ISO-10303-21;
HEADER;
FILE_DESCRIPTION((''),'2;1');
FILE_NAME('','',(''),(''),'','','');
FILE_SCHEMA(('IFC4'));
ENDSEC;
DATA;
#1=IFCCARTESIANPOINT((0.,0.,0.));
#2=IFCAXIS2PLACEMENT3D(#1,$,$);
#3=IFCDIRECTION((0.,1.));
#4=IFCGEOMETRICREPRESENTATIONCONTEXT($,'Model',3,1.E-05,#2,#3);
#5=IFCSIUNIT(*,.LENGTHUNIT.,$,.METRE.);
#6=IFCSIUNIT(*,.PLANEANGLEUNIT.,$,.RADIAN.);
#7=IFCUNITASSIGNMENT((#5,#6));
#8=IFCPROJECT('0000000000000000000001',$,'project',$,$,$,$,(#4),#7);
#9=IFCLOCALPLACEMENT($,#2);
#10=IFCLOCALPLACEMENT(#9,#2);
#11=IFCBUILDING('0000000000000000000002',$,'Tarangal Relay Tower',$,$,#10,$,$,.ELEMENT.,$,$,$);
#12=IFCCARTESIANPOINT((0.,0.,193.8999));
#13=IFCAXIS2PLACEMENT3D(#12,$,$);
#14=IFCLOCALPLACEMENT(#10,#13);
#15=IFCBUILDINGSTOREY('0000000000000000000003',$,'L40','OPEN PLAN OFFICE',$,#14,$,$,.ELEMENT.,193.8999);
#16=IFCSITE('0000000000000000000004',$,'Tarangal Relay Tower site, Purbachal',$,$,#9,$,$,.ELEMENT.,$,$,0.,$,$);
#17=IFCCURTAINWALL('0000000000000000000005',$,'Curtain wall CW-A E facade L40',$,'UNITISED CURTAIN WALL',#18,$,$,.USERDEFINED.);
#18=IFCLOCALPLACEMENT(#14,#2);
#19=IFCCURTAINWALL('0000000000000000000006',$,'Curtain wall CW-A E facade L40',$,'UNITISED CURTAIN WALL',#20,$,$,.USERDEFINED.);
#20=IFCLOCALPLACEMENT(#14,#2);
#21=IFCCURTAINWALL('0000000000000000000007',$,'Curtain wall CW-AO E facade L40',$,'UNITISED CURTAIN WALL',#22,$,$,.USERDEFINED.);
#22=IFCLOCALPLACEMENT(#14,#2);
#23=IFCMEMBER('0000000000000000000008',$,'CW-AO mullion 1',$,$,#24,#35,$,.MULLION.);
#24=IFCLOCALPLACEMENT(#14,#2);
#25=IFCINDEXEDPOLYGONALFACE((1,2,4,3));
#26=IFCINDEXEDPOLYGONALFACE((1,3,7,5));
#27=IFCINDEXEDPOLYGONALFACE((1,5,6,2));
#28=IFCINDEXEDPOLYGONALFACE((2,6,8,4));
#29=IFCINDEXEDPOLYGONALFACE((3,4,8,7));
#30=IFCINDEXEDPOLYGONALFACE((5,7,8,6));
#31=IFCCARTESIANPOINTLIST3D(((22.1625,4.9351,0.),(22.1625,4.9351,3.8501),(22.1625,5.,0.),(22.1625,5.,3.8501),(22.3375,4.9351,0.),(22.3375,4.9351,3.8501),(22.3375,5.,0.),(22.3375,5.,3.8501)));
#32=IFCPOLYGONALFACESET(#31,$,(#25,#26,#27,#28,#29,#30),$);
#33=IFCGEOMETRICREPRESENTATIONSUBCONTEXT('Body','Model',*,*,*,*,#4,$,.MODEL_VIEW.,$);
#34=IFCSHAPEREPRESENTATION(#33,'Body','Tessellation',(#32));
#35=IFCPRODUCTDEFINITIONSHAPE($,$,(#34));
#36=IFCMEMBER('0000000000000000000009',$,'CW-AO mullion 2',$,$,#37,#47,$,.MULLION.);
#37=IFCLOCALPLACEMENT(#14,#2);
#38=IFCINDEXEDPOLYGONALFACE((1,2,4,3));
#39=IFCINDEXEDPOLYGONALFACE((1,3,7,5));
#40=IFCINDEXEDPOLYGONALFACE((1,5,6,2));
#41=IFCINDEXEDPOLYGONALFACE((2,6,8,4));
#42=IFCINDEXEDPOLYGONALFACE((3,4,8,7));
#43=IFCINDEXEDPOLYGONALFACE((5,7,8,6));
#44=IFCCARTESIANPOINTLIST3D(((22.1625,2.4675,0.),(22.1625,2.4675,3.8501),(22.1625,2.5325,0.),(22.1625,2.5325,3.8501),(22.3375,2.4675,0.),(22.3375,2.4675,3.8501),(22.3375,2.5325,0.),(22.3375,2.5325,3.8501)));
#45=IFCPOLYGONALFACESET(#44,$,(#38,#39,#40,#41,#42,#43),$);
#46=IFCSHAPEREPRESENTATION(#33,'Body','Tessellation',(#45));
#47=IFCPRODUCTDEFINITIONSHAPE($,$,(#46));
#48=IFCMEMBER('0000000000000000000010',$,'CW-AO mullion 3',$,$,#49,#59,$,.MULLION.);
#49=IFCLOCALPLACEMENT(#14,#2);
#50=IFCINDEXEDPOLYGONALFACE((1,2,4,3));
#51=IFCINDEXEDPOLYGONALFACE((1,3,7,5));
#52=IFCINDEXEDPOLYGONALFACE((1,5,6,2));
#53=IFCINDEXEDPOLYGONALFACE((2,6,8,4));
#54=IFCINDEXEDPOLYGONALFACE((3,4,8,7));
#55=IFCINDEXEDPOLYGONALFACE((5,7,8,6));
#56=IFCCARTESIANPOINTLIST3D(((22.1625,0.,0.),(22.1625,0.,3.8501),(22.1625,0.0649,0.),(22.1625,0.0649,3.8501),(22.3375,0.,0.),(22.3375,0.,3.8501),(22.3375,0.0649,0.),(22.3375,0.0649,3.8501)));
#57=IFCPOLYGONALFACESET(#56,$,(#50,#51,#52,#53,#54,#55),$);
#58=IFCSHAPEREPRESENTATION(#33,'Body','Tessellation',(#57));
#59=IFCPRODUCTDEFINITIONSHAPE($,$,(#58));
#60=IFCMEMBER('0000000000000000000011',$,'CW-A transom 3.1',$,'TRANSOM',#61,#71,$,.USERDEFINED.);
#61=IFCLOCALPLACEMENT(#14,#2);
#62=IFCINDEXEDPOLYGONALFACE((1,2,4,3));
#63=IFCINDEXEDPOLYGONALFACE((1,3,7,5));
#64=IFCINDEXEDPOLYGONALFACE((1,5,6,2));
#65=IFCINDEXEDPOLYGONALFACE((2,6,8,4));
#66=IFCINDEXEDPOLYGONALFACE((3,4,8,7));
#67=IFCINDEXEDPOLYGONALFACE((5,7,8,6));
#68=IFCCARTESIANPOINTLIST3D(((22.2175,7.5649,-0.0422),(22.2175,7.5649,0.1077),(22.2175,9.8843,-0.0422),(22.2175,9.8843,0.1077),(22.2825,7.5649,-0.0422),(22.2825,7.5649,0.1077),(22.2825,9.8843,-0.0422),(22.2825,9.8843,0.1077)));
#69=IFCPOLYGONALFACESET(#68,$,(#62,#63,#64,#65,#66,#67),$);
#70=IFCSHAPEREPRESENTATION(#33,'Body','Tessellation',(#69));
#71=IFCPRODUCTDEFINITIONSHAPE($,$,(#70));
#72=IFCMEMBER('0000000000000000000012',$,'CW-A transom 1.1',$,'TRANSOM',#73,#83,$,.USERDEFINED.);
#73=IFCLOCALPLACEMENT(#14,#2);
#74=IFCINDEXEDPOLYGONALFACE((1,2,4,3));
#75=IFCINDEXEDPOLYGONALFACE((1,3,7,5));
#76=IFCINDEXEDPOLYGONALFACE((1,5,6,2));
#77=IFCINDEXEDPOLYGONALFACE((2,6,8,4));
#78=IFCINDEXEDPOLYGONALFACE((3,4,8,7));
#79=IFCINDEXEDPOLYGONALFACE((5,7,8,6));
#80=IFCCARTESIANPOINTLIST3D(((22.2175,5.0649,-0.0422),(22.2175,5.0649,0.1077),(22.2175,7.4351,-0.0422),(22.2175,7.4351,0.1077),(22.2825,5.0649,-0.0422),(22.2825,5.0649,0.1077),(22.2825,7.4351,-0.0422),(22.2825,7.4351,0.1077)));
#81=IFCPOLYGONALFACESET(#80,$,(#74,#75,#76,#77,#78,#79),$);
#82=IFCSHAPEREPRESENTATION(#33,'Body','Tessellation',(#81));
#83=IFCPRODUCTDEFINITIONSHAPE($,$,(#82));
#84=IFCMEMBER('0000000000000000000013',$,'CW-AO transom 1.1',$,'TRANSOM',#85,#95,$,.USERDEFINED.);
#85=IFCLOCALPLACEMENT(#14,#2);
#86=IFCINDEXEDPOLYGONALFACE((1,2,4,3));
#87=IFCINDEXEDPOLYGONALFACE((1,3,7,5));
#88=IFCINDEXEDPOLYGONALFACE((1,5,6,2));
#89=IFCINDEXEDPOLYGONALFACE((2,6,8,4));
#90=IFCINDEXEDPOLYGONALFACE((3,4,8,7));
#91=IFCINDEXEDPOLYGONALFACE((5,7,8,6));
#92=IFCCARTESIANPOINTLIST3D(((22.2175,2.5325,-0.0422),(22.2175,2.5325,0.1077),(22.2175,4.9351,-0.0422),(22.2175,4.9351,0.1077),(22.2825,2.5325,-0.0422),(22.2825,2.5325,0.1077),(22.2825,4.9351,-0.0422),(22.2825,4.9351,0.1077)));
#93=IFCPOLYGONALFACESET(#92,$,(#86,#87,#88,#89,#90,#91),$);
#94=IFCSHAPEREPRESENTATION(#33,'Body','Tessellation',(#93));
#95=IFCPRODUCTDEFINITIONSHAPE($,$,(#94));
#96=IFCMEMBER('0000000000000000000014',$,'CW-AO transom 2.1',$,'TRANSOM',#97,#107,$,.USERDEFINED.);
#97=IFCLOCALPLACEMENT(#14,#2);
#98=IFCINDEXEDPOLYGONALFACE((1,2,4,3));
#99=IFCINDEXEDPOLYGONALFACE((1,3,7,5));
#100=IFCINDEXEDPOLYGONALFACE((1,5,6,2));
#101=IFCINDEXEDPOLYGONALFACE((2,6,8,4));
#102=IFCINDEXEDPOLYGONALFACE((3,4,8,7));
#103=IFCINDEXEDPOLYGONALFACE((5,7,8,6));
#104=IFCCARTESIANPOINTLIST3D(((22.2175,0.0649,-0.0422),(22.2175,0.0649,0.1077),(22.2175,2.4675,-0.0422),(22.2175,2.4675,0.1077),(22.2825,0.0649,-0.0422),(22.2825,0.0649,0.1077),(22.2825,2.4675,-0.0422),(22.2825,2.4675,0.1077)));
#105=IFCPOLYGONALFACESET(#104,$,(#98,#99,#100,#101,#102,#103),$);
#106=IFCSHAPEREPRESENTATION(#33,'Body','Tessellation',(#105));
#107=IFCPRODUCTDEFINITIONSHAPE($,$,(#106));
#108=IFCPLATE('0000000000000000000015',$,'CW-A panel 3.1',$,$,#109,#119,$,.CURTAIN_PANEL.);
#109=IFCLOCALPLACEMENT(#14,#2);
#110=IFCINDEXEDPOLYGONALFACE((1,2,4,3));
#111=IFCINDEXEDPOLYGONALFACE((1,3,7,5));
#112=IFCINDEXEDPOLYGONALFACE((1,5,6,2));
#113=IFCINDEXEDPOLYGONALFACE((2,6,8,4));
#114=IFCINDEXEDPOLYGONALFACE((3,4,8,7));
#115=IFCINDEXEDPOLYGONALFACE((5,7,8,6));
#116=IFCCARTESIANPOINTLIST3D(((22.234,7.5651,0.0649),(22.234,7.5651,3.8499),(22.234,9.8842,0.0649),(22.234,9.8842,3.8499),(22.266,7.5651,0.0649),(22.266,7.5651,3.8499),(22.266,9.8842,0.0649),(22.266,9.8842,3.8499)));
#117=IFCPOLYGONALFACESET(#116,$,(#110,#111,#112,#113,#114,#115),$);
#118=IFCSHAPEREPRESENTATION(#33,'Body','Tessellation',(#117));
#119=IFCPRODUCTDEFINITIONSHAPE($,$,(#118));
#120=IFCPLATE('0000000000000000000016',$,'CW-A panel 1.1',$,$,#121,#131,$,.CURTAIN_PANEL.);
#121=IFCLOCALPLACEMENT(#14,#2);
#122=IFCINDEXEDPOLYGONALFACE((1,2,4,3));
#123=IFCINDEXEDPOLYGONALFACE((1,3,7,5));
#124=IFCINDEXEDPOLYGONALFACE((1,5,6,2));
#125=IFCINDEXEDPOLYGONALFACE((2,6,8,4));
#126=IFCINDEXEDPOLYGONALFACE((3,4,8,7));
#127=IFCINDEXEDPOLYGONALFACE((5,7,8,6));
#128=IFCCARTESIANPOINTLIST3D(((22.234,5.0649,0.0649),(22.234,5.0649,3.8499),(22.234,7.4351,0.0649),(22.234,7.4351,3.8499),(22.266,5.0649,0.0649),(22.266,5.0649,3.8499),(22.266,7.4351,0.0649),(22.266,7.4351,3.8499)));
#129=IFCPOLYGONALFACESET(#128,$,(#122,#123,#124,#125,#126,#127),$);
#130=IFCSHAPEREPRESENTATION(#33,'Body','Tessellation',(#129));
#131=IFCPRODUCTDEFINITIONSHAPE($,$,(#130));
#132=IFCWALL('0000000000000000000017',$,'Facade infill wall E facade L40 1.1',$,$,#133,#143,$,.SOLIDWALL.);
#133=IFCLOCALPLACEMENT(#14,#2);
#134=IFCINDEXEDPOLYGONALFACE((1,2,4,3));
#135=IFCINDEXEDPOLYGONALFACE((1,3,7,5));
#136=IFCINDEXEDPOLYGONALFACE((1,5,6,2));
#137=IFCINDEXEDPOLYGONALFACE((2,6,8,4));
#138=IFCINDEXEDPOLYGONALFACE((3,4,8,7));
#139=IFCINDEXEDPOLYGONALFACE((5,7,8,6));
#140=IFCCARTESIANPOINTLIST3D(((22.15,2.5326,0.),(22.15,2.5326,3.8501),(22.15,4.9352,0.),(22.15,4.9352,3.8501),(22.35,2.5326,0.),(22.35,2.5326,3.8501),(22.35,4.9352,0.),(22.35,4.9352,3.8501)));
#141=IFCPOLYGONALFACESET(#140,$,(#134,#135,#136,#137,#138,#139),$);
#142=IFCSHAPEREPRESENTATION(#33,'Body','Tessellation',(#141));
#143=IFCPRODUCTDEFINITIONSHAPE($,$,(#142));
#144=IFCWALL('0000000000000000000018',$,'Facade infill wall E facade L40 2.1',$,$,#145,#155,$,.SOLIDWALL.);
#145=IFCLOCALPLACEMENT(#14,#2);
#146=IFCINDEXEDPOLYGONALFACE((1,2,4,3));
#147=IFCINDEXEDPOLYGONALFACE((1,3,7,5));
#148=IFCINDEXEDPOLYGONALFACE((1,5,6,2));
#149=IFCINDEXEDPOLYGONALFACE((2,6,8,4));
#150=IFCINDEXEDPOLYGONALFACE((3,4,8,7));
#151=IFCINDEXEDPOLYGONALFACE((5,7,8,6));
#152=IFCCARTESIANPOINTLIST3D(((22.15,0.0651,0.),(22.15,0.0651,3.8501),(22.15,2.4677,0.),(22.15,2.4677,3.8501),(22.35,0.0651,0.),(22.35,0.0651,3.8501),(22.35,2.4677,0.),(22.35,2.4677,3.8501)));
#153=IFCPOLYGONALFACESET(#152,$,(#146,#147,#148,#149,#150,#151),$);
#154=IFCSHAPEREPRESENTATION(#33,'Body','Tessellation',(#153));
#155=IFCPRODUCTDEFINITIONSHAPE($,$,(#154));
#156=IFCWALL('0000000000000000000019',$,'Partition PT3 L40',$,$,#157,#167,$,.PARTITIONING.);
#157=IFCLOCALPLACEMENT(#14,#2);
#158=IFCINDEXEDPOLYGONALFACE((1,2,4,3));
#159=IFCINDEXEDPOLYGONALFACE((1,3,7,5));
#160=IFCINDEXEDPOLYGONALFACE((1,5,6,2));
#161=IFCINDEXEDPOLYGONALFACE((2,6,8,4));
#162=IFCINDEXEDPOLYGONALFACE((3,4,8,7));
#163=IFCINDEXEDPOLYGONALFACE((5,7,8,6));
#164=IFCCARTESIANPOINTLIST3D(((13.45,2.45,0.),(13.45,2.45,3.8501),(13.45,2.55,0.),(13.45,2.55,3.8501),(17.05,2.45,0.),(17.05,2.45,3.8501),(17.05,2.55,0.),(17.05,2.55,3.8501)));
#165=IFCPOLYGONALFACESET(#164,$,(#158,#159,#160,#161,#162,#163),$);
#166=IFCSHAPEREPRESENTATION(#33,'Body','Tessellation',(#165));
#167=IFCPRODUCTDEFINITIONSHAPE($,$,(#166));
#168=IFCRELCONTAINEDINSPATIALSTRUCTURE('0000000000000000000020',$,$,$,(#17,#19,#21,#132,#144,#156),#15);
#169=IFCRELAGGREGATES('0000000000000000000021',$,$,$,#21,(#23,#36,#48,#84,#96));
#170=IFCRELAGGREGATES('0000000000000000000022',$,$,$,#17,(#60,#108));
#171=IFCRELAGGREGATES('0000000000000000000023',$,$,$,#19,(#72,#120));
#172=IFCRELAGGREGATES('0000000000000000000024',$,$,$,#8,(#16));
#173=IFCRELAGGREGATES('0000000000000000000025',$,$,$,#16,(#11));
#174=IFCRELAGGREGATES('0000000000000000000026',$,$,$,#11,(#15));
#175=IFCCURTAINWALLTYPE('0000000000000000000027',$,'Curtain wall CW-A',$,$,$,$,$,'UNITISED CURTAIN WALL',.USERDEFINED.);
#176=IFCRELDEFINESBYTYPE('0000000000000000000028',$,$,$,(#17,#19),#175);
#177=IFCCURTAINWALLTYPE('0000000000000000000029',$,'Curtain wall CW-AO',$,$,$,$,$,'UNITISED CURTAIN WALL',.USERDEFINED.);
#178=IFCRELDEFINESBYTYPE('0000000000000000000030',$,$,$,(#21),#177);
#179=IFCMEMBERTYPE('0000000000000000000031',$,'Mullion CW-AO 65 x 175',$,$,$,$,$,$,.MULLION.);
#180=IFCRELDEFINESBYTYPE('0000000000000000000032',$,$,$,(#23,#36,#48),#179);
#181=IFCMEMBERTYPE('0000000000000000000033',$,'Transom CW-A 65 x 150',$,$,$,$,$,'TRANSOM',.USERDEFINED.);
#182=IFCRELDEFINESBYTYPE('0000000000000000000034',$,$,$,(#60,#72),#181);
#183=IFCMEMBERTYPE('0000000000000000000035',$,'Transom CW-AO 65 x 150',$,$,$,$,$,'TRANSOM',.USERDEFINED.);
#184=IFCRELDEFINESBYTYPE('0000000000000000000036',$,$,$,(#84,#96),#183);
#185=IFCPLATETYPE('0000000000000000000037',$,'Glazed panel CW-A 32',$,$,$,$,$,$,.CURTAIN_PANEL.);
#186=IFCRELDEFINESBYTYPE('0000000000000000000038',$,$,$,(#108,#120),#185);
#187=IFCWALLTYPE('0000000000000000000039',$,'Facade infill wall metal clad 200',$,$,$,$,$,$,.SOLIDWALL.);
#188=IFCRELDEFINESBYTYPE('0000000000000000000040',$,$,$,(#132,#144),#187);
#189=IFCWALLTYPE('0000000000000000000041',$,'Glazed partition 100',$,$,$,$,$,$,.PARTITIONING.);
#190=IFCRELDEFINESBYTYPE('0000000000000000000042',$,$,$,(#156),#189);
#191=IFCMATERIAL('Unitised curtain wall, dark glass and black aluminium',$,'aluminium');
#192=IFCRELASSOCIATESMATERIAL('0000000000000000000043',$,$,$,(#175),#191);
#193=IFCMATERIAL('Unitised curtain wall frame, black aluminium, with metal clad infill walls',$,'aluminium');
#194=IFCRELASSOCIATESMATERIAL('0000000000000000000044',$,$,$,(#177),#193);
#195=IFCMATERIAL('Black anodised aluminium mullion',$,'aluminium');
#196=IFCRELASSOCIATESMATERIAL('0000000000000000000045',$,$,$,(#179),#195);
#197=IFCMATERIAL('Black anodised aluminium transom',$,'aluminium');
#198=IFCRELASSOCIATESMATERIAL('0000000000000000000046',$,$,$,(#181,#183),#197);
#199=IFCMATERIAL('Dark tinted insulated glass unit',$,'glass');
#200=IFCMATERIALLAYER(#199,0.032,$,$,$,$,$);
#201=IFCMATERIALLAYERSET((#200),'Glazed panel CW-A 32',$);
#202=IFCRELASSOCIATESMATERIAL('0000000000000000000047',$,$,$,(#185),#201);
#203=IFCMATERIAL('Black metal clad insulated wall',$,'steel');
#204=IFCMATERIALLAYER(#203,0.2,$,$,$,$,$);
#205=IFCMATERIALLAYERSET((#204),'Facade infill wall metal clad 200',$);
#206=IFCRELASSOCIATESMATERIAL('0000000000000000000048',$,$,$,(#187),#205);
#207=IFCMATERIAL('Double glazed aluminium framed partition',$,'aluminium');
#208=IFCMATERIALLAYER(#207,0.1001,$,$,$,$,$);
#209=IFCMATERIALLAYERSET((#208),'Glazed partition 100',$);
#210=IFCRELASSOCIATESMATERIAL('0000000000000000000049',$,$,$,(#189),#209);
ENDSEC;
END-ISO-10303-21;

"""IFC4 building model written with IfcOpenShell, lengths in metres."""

from ifc_helpers import new_model, si_unit, direction, frame, frame_2d, origin, origin_2d, place, context, subcontext, project, spatial, rectangle, extrude, material, layer, layer_set, material_profile, profile_set, type_object, element, aggregate, save


model = new_model("IFC4")

# Units and contexts
model_context = context("Model", 3, precision=1e-05, world=origin(), true_north=direction((0.0, 1.0)))
body_context = subcontext(model_context, "Body", "Model", "MODEL_VIEW")
ifc_project = project(units=[si_unit("LENGTHUNIT", "METRE"), si_unit("PLANEANGLEUNIT", "RADIAN")], contexts=[model_context])

# Site, building, storey
site_placement = place(None, origin())
site = spatial("IfcSite", under=ifc_project, at=site_placement, Name="Tarangal Relay Tower site, Purbachal", CompositionType="ELEMENT", RefElevation=0.0)
building_placement = place(site_placement, origin())
building = spatial("IfcBuilding", under=site, at=building_placement, Name="Tarangal Relay Tower", CompositionType="ELEMENT")
storey_placement = place(building_placement, frame((0.0, 0.0, 193.8999)))
storey = spatial("IfcBuildingStorey", under=building, at=storey_placement, Name="L40", Description="OPEN PLAN OFFICE", CompositionType="ELEMENT", Elevation=193.8999)

# Curtain walls, members
ifc_material_1 = material(Name="Unitised curtain wall, dark glass and black aluminium", Category="aluminium")
curtain_wall_type_1 = type_object("IfcCurtainWallType", Name="Curtain wall CW-A", ElementType="UNITISED CURTAIN WALL", PredefinedType="USERDEFINED", material=ifc_material_1)
curtain_wall_1_placement = place(storey_placement, origin())
curtain_wall_1 = element("IfcCurtainWall", 1, at=curtain_wall_1_placement, inside=storey, type_object=curtain_wall_type_1, Name="Curtain wall CW-A E facade L40", ObjectType="UNITISED CURTAIN WALL", PredefinedType="USERDEFINED")
ifc_material_2 = material(Name="Black anodised aluminium mullion", Category="aluminium")
curtain_wall_2_placement = place(storey_placement, origin())
curtain_wall_2 = element("IfcCurtainWall", 2, at=curtain_wall_2_placement, inside=storey, type_object=curtain_wall_type_1, Name="Curtain wall CW-A E facade L40", ObjectType="UNITISED CURTAIN WALL", PredefinedType="USERDEFINED")
ifc_material_3 = material(Name="Unitised curtain wall frame, black aluminium, with metal clad infill walls", Category="aluminium")
curtain_wall_type_2 = type_object("IfcCurtainWallType", Name="Curtain wall CW-AO", ElementType="UNITISED CURTAIN WALL", PredefinedType="USERDEFINED", material=ifc_material_3)
curtain_wall_3_placement = place(storey_placement, origin())
curtain_wall_3 = element("IfcCurtainWall", 3, at=curtain_wall_3_placement, inside=storey, type_object=curtain_wall_type_2, Name="Curtain wall CW-AO E facade L40", ObjectType="UNITISED CURTAIN WALL", PredefinedType="USERDEFINED")
ifc_material_profile_1 = material_profile(ifc_material_2, rectangle(XDim=0.175, YDim=0.0649, at=origin_2d()), Name="CW-AOM 65X175")
ifc_profile_set_1 = profile_set([ifc_material_profile_1], Name="Black anodised aluminium mullion")
member_type_1 = type_object("IfcMemberType", Name="Mullion CW-AO 65 x 175", PredefinedType="MULLION", material=ifc_profile_set_1)
member_1_placement = place(storey_placement, frame((22.25, 4.9675, 0.0), z_axis=(0.0, 0.0, 1.0), x_axis=(1.0, 0.0, 0.0)))
member_1 = element("IfcMember", 4, at=member_1_placement, type_object=member_type_1, Name="CW-AO mullion 1", PredefinedType="MULLION", context=body_context, shape_type="SweptSolid", body=[
    extrude(rectangle(XDim=0.175, YDim=0.0649, at=origin_2d()), origin(), (0.0, 0.0, 1.0), 3.8501),
])
member_2_placement = place(storey_placement, frame((22.25, 2.5, 0.0), z_axis=(0.0, 0.0, 1.0), x_axis=(1.0, 0.0, 0.0)))
member_2 = element("IfcMember", 5, at=member_2_placement, type_object=member_type_1, Name="CW-AO mullion 2", PredefinedType="MULLION", context=body_context, shape_type="SweptSolid", body=[
    extrude(rectangle(XDim=0.175, YDim=0.0649, at=origin_2d()), origin(), (0.0, 0.0, 1.0), 3.8501),
])
member_3_placement = place(storey_placement, frame((22.25, 0.0325, 0.0), z_axis=(0.0, 0.0, 1.0), x_axis=(1.0, 0.0, 0.0)))
member_3 = element("IfcMember", 6, at=member_3_placement, type_object=member_type_1, Name="CW-AO mullion 3", PredefinedType="MULLION", context=body_context, shape_type="SweptSolid", body=[
    extrude(rectangle(XDim=0.175, YDim=0.0649, at=origin_2d()), origin(), (0.0, 0.0, 1.0), 3.8501),
])

# Members
ifc_material_4 = material(Name="Black anodised aluminium transom", Category="aluminium")
ifc_material_profile_2 = material_profile(ifc_material_4, rectangle(XDim=0.0649, YDim=0.1499, at=origin_2d()), Name="CW-AT 65X150")
ifc_profile_set_2 = profile_set([ifc_material_profile_2], Name="Black anodised aluminium transom")
member_type_2 = type_object("IfcMemberType", Name="Transom CW-A 65 x 150", ElementType="TRANSOM", PredefinedType="USERDEFINED", material=ifc_profile_set_2)
member_4_placement = place(storey_placement, frame((22.25, 9.8843, 0.0327), z_axis=(0.0, -1.0, 0.0), x_axis=(1.0, 0.0, 0.0)))
member_4 = element("IfcMember", 7, at=member_4_placement, type_object=member_type_2, Name="CW-A transom 3.1", ObjectType="TRANSOM", PredefinedType="USERDEFINED", context=body_context, shape_type="SweptSolid", body=[
    extrude(rectangle(XDim=0.0649, YDim=0.1499, at=origin_2d()), origin(), (0.0, 0.0, 1.0), 2.3193),
])
member_5_placement = place(storey_placement, frame((22.25, 7.4351, 0.0327), z_axis=(0.0, -1.0, 0.0), x_axis=(1.0, 0.0, 0.0)))
member_5 = element("IfcMember", 8, at=member_5_placement, type_object=member_type_2, Name="CW-A transom 1.1", ObjectType="TRANSOM", PredefinedType="USERDEFINED", context=body_context, shape_type="SweptSolid", body=[
    extrude(rectangle(XDim=0.0649, YDim=0.1499, at=origin_2d()), origin(), (0.0, 0.0, 1.0), 2.3701),
])
ifc_material_profile_3 = material_profile(ifc_material_4, rectangle(XDim=0.0649, YDim=0.1499, at=origin_2d()), Name="CW-AOT 65X150")
ifc_profile_set_3 = profile_set([ifc_material_profile_3], Name="Black anodised aluminium transom")
member_type_3 = type_object("IfcMemberType", Name="Transom CW-AO 65 x 150", ElementType="TRANSOM", PredefinedType="USERDEFINED", material=ifc_profile_set_3)
member_6_placement = place(storey_placement, frame((22.25, 4.9351, 0.0327), z_axis=(0.0, -1.0, 0.0), x_axis=(1.0, 0.0, 0.0)))
member_6 = element("IfcMember", 9, at=member_6_placement, type_object=member_type_3, Name="CW-AO transom 1.1", ObjectType="TRANSOM", PredefinedType="USERDEFINED", context=body_context, shape_type="SweptSolid", body=[
    extrude(rectangle(XDim=0.0649, YDim=0.1499, at=origin_2d()), origin(), (0.0, 0.0, 1.0), 2.4026),
])
member_7_placement = place(storey_placement, frame((22.25, 2.4675, 0.0327), z_axis=(0.0, -1.0, 0.0), x_axis=(1.0, 0.0, 0.0)))
member_7 = element("IfcMember", 10, at=member_7_placement, type_object=member_type_3, Name="CW-AO transom 2.1", ObjectType="TRANSOM", PredefinedType="USERDEFINED", context=body_context, shape_type="SweptSolid", body=[
    extrude(rectangle(XDim=0.0649, YDim=0.1499, at=origin_2d()), origin(), (0.0, 0.0, 1.0), 2.4026),
])
aggregate(curtain_wall_3, [member_1, member_2, member_3, member_6, member_7])

# Plates
ifc_material_5 = material(Name="Dark tinted insulated glass unit", Category="glass")
ifc_layer_1 = layer(ifc_material_5, 0.032)
ifc_layer_set_1 = layer_set([ifc_layer_1], Name="Glazed panel CW-A 32")
plate_type = type_object("IfcPlateType", Name="Glazed panel CW-A 32", PredefinedType="CURTAIN_PANEL", material=ifc_layer_set_1)
plate_1_placement = place(storey_placement, frame((22.25, 8.7246, 0.0649), z_axis=(0.0, 0.0, 1.0), x_axis=(0.0, -1.0, 0.0)))
plate_1 = element("IfcPlate", 11, at=plate_1_placement, type_object=plate_type, Name="CW-A panel 3.1", PredefinedType="CURTAIN_PANEL", context=body_context, shape_type="SweptSolid", body=[
    extrude(rectangle(XDim=2.3191, YDim=0.032, at=origin_2d()), origin(), (0.0, 0.0, 1.0), 3.7849),
])
aggregate(curtain_wall_1, [member_4, plate_1])
plate_2_placement = place(storey_placement, frame((22.25, 6.25, 0.0649), z_axis=(0.0, 0.0, 1.0), x_axis=(0.0, -1.0, 0.0)))
plate_2 = element("IfcPlate", 12, at=plate_2_placement, type_object=plate_type, Name="CW-A panel 1.1", PredefinedType="CURTAIN_PANEL", context=body_context, shape_type="SweptSolid", body=[
    extrude(rectangle(XDim=2.3701, YDim=0.032, at=origin_2d()), origin(), (0.0, 0.0, 1.0), 3.7849),
])
aggregate(curtain_wall_2, [member_5, plate_2])

# Walls
ifc_material_6 = material(Name="Black metal clad insulated wall", Category="steel")
ifc_layer_2 = layer(ifc_material_6, 0.2)
ifc_layer_set_2 = layer_set([ifc_layer_2], Name="Facade infill wall metal clad 200")
wall_type_1 = type_object("IfcWallType", Name="Facade infill wall metal clad 200", PredefinedType="SOLIDWALL", material=ifc_layer_set_2)
for number, where, z_axis, x_axis, name in (
    (13, (22.25, 4.9351, 0.0), (0.0, 0.0, 1.0), (0.0, -1.0, 0.0), "Facade infill wall E facade L40 1.1"),
    (14, (22.25, 2.4675, 0.0), (0.0, 0.0, 1.0), (0.0, -1.0, 0.0), "Facade infill wall E facade L40 2.1"),
):
    element("IfcWall", number, at=place(storey_placement, frame(where, z_axis=z_axis, x_axis=x_axis)), inside=storey, type_object=wall_type_1, Name=name, PredefinedType="SOLIDWALL", context=body_context, shape_type="SweptSolid", body=[
        extrude(rectangle(XDim=2.4026, YDim=0.2, at=frame_2d((1.2012, 0.0))), origin(), (0.0, 0.0, 1.0), 3.8501),
    ])
ifc_material_7 = material(Name="Double glazed aluminium framed partition", Category="aluminium")
ifc_layer_3 = layer(ifc_material_7, 0.1001)
ifc_layer_set_3 = layer_set([ifc_layer_3], Name="Glazed partition 100")
wall_type_2 = type_object("IfcWallType", Name="Glazed partition 100", PredefinedType="PARTITIONING", material=ifc_layer_set_3)
wall_1_placement = place(storey_placement, frame((13.45, 2.5, 0.0), z_axis=(0.0, 0.0, 1.0), x_axis=(1.0, 0.0, 0.0)))
element("IfcWall", 15, at=wall_1_placement, inside=storey, type_object=wall_type_2, Name="Partition PT3 L40", PredefinedType="PARTITIONING", context=body_context, shape_type="SweptSolid", body=[
    extrude(rectangle(XDim=3.6001, YDim=0.1001, at=frame_2d((1.8, 0.0))), origin(), (0.0, 0.0, 1.0), 3.8501),
])

save(model, "model.ifc")
